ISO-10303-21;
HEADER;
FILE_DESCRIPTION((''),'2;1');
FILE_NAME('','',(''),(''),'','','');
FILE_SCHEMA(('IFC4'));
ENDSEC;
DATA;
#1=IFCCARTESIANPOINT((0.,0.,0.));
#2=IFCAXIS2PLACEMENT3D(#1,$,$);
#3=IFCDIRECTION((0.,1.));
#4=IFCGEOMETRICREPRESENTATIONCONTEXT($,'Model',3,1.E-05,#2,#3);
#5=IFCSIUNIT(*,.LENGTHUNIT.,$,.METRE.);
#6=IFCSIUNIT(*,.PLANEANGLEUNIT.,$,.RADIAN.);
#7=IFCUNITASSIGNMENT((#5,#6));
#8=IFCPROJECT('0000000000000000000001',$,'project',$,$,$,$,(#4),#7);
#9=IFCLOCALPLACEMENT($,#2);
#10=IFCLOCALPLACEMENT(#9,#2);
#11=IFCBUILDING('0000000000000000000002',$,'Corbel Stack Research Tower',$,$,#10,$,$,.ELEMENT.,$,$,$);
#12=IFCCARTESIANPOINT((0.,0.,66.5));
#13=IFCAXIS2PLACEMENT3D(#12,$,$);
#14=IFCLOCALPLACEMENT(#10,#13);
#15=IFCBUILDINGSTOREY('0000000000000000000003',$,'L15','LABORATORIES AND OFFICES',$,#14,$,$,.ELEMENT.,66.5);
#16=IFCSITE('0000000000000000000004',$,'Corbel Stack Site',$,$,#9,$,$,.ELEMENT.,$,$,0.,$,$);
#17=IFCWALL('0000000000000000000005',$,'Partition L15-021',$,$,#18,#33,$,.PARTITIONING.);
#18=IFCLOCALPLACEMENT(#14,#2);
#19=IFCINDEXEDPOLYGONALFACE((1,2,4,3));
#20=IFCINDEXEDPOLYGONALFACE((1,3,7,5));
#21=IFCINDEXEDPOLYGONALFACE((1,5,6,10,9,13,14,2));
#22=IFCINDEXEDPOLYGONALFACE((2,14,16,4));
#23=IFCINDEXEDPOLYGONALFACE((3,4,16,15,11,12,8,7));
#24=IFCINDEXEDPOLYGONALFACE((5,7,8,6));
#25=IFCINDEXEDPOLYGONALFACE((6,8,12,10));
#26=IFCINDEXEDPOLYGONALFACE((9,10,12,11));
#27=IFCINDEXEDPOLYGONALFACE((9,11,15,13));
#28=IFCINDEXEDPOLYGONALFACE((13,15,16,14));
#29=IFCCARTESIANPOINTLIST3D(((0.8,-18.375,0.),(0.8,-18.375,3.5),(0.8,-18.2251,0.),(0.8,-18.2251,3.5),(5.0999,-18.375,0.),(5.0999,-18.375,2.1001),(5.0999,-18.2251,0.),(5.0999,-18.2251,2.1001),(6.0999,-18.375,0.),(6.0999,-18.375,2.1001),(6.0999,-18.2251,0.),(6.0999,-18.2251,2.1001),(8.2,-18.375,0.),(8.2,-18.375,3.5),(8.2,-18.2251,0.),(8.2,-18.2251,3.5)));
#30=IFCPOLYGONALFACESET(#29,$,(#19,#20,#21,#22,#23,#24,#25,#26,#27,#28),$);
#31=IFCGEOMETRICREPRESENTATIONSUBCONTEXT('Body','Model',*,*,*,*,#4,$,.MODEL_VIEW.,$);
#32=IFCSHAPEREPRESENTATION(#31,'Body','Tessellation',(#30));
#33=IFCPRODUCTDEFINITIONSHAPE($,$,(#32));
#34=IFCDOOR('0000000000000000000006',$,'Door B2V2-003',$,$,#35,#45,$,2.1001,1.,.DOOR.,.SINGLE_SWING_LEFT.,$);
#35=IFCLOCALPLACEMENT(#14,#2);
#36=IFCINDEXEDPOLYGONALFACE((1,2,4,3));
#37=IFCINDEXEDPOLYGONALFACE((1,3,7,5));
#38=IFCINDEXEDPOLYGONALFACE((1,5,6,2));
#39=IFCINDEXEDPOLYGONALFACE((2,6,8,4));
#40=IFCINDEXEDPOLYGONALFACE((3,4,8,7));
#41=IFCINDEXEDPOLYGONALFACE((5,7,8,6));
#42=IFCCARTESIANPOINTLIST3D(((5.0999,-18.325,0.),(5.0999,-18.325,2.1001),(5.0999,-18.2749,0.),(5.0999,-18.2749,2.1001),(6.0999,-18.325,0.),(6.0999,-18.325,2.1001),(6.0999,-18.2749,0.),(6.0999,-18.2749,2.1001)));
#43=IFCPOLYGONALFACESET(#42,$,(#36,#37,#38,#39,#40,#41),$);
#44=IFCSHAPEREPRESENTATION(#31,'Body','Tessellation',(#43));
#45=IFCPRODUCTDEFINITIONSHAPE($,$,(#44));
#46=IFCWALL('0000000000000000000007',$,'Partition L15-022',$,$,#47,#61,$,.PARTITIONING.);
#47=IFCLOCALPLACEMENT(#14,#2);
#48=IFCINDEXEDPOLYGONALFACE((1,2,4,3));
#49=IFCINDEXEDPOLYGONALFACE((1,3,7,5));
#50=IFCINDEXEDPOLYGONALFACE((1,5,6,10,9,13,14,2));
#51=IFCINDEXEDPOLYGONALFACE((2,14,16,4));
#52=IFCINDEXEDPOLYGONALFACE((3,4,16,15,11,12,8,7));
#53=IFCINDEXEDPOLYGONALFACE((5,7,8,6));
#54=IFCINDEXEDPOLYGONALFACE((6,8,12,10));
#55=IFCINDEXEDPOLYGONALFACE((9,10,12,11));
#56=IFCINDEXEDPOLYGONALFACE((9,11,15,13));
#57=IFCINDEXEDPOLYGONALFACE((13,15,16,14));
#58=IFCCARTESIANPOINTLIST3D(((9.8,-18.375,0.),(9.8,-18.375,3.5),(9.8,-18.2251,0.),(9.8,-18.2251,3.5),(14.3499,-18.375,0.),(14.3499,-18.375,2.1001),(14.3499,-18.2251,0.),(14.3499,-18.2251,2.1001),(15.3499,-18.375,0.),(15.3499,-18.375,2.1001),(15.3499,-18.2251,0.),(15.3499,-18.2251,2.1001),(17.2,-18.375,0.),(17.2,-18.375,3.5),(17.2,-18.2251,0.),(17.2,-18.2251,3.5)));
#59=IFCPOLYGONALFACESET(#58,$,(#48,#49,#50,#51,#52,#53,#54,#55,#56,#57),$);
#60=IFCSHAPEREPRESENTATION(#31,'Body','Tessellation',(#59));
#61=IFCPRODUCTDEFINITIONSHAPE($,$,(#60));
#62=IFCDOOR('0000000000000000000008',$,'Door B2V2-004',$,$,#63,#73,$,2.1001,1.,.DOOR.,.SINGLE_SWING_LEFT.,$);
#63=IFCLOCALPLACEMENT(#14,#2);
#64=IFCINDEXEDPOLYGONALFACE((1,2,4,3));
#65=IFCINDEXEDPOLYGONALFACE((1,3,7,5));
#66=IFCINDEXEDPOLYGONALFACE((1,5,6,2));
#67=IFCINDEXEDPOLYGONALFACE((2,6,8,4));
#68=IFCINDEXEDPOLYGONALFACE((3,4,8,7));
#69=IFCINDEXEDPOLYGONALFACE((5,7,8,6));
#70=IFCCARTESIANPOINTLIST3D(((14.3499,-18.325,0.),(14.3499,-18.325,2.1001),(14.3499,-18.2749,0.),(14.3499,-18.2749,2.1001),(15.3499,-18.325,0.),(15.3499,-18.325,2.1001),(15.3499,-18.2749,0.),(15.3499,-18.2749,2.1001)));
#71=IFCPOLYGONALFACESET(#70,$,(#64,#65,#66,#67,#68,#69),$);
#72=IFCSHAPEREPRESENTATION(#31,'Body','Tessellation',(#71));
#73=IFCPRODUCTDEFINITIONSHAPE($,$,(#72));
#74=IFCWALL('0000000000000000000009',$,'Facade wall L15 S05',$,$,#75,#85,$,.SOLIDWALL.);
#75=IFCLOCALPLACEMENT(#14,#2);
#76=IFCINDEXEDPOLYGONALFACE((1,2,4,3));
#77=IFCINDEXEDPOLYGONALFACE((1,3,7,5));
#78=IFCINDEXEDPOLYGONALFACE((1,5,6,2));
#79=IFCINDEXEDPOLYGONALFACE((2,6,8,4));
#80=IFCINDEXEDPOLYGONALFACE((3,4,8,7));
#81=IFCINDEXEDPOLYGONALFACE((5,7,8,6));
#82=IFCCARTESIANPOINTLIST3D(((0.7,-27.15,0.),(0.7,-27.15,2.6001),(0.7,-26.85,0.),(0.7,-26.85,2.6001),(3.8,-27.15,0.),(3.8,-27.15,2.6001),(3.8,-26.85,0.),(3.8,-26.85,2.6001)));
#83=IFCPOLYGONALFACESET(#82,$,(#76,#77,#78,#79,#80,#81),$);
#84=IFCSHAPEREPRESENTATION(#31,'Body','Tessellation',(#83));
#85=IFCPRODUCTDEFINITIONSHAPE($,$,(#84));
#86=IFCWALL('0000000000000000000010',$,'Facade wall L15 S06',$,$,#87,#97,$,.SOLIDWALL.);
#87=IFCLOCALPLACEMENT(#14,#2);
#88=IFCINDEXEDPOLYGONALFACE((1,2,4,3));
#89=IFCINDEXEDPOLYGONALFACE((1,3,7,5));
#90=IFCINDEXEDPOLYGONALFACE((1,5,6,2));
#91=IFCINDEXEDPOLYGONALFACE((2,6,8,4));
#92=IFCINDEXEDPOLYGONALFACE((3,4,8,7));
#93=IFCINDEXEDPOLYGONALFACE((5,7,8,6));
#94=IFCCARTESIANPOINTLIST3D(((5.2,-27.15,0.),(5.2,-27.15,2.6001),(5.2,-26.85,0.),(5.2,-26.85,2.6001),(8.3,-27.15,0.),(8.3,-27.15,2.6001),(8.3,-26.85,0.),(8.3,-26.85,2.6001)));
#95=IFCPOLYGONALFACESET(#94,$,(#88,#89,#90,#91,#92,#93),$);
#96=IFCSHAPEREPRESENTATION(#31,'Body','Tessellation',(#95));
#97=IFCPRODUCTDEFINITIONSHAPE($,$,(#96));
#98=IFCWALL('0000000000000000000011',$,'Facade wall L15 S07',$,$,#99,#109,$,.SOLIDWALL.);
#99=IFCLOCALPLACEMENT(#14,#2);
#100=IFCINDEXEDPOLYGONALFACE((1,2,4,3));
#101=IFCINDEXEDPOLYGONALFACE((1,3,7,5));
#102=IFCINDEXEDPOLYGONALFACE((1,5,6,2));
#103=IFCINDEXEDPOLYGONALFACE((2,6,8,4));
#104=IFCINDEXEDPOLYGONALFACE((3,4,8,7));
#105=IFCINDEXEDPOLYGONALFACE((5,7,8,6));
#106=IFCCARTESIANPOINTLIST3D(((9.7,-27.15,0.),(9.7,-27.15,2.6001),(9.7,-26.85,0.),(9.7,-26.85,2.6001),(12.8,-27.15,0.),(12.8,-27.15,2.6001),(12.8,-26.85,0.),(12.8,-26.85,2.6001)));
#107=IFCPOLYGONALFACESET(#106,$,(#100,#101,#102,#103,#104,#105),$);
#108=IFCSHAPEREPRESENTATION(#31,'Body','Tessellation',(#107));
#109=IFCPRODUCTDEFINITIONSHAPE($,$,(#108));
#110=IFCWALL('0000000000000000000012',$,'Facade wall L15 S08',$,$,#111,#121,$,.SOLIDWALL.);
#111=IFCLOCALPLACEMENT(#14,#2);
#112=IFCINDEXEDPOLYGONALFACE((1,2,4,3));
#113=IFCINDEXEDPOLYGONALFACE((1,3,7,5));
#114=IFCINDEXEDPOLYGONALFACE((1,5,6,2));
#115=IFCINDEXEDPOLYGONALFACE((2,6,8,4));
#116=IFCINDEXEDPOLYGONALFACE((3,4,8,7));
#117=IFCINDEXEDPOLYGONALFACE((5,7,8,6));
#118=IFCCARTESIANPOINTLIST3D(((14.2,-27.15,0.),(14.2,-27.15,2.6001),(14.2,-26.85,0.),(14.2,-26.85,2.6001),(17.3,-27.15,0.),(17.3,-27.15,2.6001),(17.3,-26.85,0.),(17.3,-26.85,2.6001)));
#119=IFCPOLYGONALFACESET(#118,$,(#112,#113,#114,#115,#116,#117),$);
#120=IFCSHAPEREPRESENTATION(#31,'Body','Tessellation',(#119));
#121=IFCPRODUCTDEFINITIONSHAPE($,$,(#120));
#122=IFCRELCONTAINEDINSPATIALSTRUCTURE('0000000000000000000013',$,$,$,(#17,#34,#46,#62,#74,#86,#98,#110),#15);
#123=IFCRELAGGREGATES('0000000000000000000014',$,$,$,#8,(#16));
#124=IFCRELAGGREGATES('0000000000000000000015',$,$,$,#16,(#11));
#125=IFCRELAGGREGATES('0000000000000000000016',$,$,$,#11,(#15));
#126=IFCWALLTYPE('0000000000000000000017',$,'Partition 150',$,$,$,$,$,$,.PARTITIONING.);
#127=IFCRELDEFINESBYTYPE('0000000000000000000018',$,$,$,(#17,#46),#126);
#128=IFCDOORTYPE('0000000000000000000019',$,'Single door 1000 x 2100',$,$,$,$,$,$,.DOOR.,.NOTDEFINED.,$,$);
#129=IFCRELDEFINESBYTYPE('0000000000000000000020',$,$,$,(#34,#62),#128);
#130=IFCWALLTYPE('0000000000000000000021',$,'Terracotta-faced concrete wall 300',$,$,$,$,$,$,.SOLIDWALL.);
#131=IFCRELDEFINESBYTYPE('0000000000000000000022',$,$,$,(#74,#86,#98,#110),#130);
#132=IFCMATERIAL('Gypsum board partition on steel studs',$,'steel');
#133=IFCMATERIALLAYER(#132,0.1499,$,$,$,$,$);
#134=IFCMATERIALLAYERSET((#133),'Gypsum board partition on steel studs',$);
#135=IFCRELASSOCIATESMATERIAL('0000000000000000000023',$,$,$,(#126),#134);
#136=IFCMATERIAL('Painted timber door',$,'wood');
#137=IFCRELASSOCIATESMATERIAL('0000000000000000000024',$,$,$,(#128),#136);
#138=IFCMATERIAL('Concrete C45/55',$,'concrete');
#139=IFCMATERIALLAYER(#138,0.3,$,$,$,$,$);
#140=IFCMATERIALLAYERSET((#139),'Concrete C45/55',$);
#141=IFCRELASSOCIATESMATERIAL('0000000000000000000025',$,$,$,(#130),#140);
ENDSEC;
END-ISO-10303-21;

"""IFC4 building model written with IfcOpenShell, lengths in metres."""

from ifc_helpers import new_model, si_unit, direction, frame, frame_2d, origin, place, context, subcontext, project, spatial, rectangle, extrude, material, layer, layer_set, type_object, element, fill, save


model = new_model("IFC4")

# Units and contexts
model_context = context("Model", 3, precision=1e-05, world=origin(), true_north=direction((0.0, 1.0)))
body_context = subcontext(model_context, "Body", "Model", "MODEL_VIEW")
ifc_project = project(units=[si_unit("LENGTHUNIT", "METRE"), si_unit("PLANEANGLEUNIT", "RADIAN")], contexts=[model_context])

# Site, building, storey
site_placement = place(None, origin())
site = spatial("IfcSite", under=ifc_project, at=site_placement, Name="Corbel Stack Site", CompositionType="ELEMENT", RefElevation=0.0)
building_placement = place(site_placement, origin())
building = spatial("IfcBuilding", under=site, at=building_placement, Name="Corbel Stack Research Tower", CompositionType="ELEMENT")
storey_placement = place(building_placement, frame((0.0, 0.0, 66.5)))
storey = spatial("IfcBuildingStorey", under=building, at=storey_placement, Name="L15", Description="LABORATORIES AND OFFICES", CompositionType="ELEMENT", Elevation=66.5)

# Walls, openings, doors
ifc_material_1 = material(Name="Gypsum board partition on steel studs", Category="steel")
ifc_layer_1 = layer(ifc_material_1, 0.1499)
ifc_layer_set_1 = layer_set([ifc_layer_1], Name="Gypsum board partition on steel studs")
wall_type_1 = type_object("IfcWallType", Name="Partition 150", PredefinedType="PARTITIONING", material=ifc_layer_set_1)
wall_1_placement = place(storey_placement, frame((8.2, -18.3, 0.0), z_axis=(0.0, 0.0, 1.0), x_axis=(-1.0, 0.0, 0.0)))
wall_1 = element("IfcWall", 1, at=wall_1_placement, inside=storey, type_object=wall_type_1, Name="Partition L15-021", PredefinedType="PARTITIONING", context=body_context, shape_type="SweptSolid", body=[
    extrude(rectangle(XDim=7.3999, YDim=0.1499, at=frame_2d((3.7, 0.0))), origin(), (0.0, 0.0, 1.0), 3.5),
])
opening_1_placement = place(wall_1_placement, frame((2.1001, 0.0, 0.0)))
opening_1 = element("IfcOpeningElement", 2, at=opening_1_placement, cuts=wall_1, PredefinedType="OPENING", context=body_context, shape_type="SweptSolid", body=[
    extrude(rectangle(XDim=1.0, YDim=2.1001, at=frame_2d((0.5, 1.05))), frame((0.0, 0.085, 0.0), z_axis=(0.0, -1.0, 0.0), x_axis=(1.0, 0.0, 0.0)), (0.0, 0.0, 1.0), 0.1699),
])
ifc_material_2 = material(Name="Painted timber door", Category="wood")
door_type_1 = type_object("IfcDoorType", Name="Single door 1000 x 2100", OperationType="NOTDEFINED", PredefinedType="DOOR", material=ifc_material_2)
door_1_placement = place(opening_1_placement, origin())
door_1 = element("IfcDoor", 3, at=door_1_placement, inside=storey, type_object=door_type_1, Name="Door B2V2-003", OperationType="SINGLE_SWING_LEFT", OverallHeight=2.1001, OverallWidth=1.0, PredefinedType="DOOR", context=body_context, shape_type="SweptSolid", body=[
    extrude(rectangle(XDim=1.0, YDim=2.1001, at=frame_2d((0.5, 1.05))), frame((0.0, 0.0249, 0.0), z_axis=(0.0, -1.0, 0.0), x_axis=(1.0, 0.0, 0.0)), (0.0, 0.0, 1.0), 0.05),
])
fill(opening_1, door_1)
wall_2_placement = place(storey_placement, frame((17.2, -18.3, 0.0), z_axis=(0.0, 0.0, 1.0), x_axis=(-1.0, 0.0, 0.0)))
wall_2 = element("IfcWall", 4, at=wall_2_placement, inside=storey, type_object=wall_type_1, Name="Partition L15-022", PredefinedType="PARTITIONING", context=body_context, shape_type="SweptSolid", body=[
    extrude(rectangle(XDim=7.3999, YDim=0.1499, at=frame_2d((3.7, 0.0))), origin(), (0.0, 0.0, 1.0), 3.5),
])
opening_2_placement = place(wall_2_placement, frame((1.8501, 0.0, 0.0)))
opening_2 = element("IfcOpeningElement", 5, at=opening_2_placement, cuts=wall_2, PredefinedType="OPENING", context=body_context, shape_type="SweptSolid", body=[
    extrude(rectangle(XDim=1.0, YDim=2.1001, at=frame_2d((0.5, 1.05))), frame((0.0, 0.085, 0.0), z_axis=(0.0, -1.0, 0.0), x_axis=(1.0, 0.0, 0.0)), (0.0, 0.0, 1.0), 0.1699),
])
door_2_placement = place(opening_2_placement, origin())
door_2 = element("IfcDoor", 6, at=door_2_placement, inside=storey, type_object=door_type_1, Name="Door B2V2-004", OperationType="SINGLE_SWING_LEFT", OverallHeight=2.1001, OverallWidth=1.0, PredefinedType="DOOR", context=body_context, shape_type="SweptSolid", body=[
    extrude(rectangle(XDim=1.0, YDim=2.1001, at=frame_2d((0.5, 1.05))), frame((0.0, 0.0249, 0.0), z_axis=(0.0, -1.0, 0.0), x_axis=(1.0, 0.0, 0.0)), (0.0, 0.0, 1.0), 0.05),
])
fill(opening_2, door_2)

# Walls
ifc_material_3 = material(Name="Concrete C45/55", Category="concrete")
ifc_layer_2 = layer(ifc_material_3, 0.3)
ifc_layer_set_2 = layer_set([ifc_layer_2], Name="Concrete C45/55")
wall_type_2 = type_object("IfcWallType", Name="Terracotta-faced concrete wall 300", PredefinedType="SOLIDWALL", material=ifc_layer_set_2)
for number, where, z_axis, x_axis, name in (
    (7, (3.8, -27.0, 0.0), (0.0, 0.0, 1.0), (-1.0, 0.0, 0.0), "Facade wall L15 S05"),
    (8, (8.3, -27.0, 0.0), (0.0, 0.0, 1.0), (-1.0, 0.0, 0.0), "Facade wall L15 S06"),
    (9, (12.8, -27.0, 0.0), (0.0, 0.0, 1.0), (-1.0, 0.0, 0.0), "Facade wall L15 S07"),
    (10, (17.3, -27.0, 0.0), (0.0, 0.0, 1.0), (-1.0, 0.0, 0.0), "Facade wall L15 S08"),
):
    element("IfcWall", number, at=place(storey_placement, frame(where, z_axis=z_axis, x_axis=x_axis)), inside=storey, type_object=wall_type_2, Name=name, PredefinedType="SOLIDWALL", context=body_context, shape_type="SweptSolid", body=[
        extrude(rectangle(XDim=3.1001, YDim=0.3, at=frame_2d((1.55, 0.0))), origin(), (0.0, 0.0, 1.0), 2.6001),
    ])

save(model, "model.ifc")
